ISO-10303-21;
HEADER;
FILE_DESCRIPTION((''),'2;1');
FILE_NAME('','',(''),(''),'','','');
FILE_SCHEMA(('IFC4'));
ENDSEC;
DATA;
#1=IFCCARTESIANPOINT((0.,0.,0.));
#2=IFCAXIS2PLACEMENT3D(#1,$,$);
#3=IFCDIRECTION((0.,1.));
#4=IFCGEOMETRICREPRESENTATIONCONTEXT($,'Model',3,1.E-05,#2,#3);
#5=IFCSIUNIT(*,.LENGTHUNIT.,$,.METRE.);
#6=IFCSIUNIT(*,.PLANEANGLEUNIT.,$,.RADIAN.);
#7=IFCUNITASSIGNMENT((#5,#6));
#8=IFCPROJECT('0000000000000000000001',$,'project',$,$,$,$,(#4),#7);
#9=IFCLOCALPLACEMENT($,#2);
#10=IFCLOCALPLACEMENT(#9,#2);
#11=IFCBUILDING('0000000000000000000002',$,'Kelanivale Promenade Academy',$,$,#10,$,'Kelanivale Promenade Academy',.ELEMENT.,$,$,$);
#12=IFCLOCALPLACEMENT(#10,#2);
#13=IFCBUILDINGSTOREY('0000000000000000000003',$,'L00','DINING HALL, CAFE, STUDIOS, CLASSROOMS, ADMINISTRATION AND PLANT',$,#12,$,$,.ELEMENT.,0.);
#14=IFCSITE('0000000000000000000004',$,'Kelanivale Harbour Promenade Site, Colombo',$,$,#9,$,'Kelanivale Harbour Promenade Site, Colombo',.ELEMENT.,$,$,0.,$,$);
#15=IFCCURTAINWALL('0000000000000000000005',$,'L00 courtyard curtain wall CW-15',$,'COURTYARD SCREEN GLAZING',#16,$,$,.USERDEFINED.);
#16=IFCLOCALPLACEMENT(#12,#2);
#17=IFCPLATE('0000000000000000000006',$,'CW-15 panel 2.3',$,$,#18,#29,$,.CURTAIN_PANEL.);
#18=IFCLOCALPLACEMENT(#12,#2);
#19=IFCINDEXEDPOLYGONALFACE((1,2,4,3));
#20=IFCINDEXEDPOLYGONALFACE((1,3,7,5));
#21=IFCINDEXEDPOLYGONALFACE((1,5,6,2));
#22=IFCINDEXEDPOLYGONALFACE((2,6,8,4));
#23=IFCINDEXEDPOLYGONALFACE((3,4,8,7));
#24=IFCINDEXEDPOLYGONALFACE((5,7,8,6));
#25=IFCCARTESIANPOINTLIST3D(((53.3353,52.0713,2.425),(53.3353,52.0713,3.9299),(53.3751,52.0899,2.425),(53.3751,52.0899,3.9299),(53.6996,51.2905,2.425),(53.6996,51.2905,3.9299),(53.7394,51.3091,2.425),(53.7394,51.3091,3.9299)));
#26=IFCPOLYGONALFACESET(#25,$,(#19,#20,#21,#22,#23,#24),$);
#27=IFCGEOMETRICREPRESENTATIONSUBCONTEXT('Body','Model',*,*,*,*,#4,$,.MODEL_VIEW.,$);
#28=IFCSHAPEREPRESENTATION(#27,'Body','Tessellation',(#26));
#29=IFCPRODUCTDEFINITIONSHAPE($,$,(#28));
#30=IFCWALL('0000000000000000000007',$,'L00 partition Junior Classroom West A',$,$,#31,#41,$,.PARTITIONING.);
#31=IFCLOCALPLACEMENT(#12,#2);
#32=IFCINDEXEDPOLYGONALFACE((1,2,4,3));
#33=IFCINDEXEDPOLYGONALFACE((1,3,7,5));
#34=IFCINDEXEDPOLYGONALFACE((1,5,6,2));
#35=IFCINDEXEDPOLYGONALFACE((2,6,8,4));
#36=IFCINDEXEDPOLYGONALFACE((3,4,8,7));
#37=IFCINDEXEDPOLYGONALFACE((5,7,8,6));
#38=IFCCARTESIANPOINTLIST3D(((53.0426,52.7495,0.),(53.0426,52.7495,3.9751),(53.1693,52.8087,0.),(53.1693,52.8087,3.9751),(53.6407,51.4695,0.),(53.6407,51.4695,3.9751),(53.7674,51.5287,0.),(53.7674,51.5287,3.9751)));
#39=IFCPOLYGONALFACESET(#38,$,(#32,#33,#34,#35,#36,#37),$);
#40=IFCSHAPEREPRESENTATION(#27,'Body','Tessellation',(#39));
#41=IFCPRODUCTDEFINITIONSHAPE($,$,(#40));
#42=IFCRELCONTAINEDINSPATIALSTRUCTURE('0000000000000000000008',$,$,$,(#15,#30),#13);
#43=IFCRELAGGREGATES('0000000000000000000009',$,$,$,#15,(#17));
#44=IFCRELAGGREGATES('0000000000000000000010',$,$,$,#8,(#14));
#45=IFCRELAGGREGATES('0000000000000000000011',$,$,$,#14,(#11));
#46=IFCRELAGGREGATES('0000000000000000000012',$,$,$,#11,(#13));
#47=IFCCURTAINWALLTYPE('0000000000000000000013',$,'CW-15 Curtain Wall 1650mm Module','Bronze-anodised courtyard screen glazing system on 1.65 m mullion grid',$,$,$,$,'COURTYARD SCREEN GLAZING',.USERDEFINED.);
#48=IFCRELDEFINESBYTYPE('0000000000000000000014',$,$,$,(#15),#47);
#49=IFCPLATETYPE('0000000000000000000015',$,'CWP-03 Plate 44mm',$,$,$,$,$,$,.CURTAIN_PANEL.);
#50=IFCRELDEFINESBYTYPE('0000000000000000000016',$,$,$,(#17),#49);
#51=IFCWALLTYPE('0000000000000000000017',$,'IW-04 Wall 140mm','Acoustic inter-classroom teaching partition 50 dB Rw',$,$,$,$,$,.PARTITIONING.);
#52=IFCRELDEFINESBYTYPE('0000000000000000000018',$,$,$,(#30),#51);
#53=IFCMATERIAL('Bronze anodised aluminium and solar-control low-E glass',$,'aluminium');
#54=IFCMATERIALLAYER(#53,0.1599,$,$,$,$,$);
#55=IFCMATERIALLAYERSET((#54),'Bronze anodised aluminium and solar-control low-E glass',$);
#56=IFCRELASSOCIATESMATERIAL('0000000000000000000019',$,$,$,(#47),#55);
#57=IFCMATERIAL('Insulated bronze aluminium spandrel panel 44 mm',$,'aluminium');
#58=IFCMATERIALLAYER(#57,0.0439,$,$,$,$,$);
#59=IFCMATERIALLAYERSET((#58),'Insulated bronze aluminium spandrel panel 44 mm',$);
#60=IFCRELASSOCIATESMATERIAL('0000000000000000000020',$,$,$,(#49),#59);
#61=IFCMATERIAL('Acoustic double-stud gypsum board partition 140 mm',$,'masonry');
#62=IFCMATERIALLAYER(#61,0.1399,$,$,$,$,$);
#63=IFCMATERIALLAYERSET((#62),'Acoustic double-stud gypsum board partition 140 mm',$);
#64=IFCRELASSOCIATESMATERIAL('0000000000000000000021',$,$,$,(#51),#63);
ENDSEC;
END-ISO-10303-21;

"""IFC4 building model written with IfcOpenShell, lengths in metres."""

from ifc_helpers import new_model, si_unit, direction, frame, frame_2d, origin, origin_2d, place, context, subcontext, project, spatial, rectangle, extrude, material, layer, layer_set, type_object, element, aggregate, save


model = new_model("IFC4")

# Units and contexts
model_context = context("Model", 3, precision=1e-05, world=origin(), true_north=direction((0.0, 1.0)))
body_context = subcontext(model_context, "Body", "Model", "MODEL_VIEW")
ifc_project = project(units=[si_unit("LENGTHUNIT", "METRE"), si_unit("PLANEANGLEUNIT", "RADIAN")], contexts=[model_context])

# Site, building, storey
site_placement = place(None, origin())
site = spatial("IfcSite", under=ifc_project, at=site_placement, Name="Kelanivale Harbour Promenade Site, Colombo", LongName="Kelanivale Harbour Promenade Site, Colombo", CompositionType="ELEMENT", RefElevation=0.0)
building_placement = place(site_placement, origin())
building = spatial("IfcBuilding", under=site, at=building_placement, Name="Kelanivale Promenade Academy", LongName="Kelanivale Promenade Academy", CompositionType="ELEMENT")
storey_placement = place(building_placement, origin())
storey = spatial("IfcBuildingStorey", under=building, at=storey_placement, Name="L00", Description="DINING HALL, CAFE, STUDIOS, CLASSROOMS, ADMINISTRATION AND PLANT", CompositionType="ELEMENT", Elevation=0.0)

# Curtain wall
ifc_material_1 = material(Name="Bronze anodised aluminium and solar-control low-E glass", Category="aluminium")
ifc_layer_1 = layer(ifc_material_1, 0.1599)
ifc_layer_set_1 = layer_set([ifc_layer_1], Name="Bronze anodised aluminium and solar-control low-E glass")
curtain_wall_type_1 = type_object("IfcCurtainWallType", Name="CW-15 Curtain Wall 1650mm Module", Description="Bronze-anodised courtyard screen glazing system on 1.65 m mullion grid", ElementType="COURTYARD SCREEN GLAZING", PredefinedType="USERDEFINED", material=ifc_layer_set_1)
curtain_wall_1_placement = place(storey_placement, origin())
curtain_wall_1 = element("IfcCurtainWall", 1, at=curtain_wall_1_placement, inside=storey, type_object=curtain_wall_type_1, Name="L00 courtyard curtain wall CW-15", ObjectType="COURTYARD SCREEN GLAZING", PredefinedType="USERDEFINED")

# Plate
ifc_material_2 = material(Name="Insulated bronze aluminium spandrel panel 44 mm", Category="aluminium")
ifc_layer_2 = layer(ifc_material_2, 0.0439)
ifc_layer_set_2 = layer_set([ifc_layer_2], Name="Insulated bronze aluminium spandrel panel 44 mm")
plate_type_1 = type_object("IfcPlateType", Name="CWP-03 Plate 44mm", PredefinedType="CURTAIN_PANEL", material=ifc_layer_set_2)
plate_1_placement = place(storey_placement, frame((53.5374, 51.6902, 2.425), z_axis=(0.0, 0.0, 1.0), x_axis=(0.422857, -0.906196, 0.0)))
plate_1 = element("IfcPlate", 2, at=plate_1_placement, type_object=plate_type_1, Name="CW-15 panel 2.3", PredefinedType="CURTAIN_PANEL", context=body_context, shape_type="SweptSolid", body=[
    extrude(rectangle(XDim=0.8616, YDim=0.0439, at=origin_2d()), origin(), (0.0, 0.0, 1.0), 1.5049),
])
aggregate(curtain_wall_1, [plate_1])

# Wall
ifc_material_3 = material(Name="Acoustic double-stud gypsum board partition 140 mm", Category="masonry")
ifc_layer_3 = layer(ifc_material_3, 0.1399)
ifc_layer_set_3 = layer_set([ifc_layer_3], Name="Acoustic double-stud gypsum board partition 140 mm")
wall_type = type_object("IfcWallType", Name="IW-04 Wall 140mm", Description="Acoustic inter-classroom teaching partition 50 dB Rw", PredefinedType="PARTITIONING", material=ifc_layer_set_3)
wall_placement = place(storey_placement, frame((53.7041, 51.499, 0.0), z_axis=(0.0, 0.0, 1.0), x_axis=(-0.423349, 0.905967, 0.0)))
element("IfcWall", 3, at=wall_placement, inside=storey, type_object=wall_type, Name="L00 partition Junior Classroom West A", PredefinedType="PARTITIONING", context=body_context, shape_type="SweptSolid", body=[
    extrude(rectangle(XDim=1.4128, YDim=0.1399, at=frame_2d((0.7065, 0.0))), origin(), (0.0, 0.0, 1.0), 3.9751),
])

save(model, "model.ifc")
